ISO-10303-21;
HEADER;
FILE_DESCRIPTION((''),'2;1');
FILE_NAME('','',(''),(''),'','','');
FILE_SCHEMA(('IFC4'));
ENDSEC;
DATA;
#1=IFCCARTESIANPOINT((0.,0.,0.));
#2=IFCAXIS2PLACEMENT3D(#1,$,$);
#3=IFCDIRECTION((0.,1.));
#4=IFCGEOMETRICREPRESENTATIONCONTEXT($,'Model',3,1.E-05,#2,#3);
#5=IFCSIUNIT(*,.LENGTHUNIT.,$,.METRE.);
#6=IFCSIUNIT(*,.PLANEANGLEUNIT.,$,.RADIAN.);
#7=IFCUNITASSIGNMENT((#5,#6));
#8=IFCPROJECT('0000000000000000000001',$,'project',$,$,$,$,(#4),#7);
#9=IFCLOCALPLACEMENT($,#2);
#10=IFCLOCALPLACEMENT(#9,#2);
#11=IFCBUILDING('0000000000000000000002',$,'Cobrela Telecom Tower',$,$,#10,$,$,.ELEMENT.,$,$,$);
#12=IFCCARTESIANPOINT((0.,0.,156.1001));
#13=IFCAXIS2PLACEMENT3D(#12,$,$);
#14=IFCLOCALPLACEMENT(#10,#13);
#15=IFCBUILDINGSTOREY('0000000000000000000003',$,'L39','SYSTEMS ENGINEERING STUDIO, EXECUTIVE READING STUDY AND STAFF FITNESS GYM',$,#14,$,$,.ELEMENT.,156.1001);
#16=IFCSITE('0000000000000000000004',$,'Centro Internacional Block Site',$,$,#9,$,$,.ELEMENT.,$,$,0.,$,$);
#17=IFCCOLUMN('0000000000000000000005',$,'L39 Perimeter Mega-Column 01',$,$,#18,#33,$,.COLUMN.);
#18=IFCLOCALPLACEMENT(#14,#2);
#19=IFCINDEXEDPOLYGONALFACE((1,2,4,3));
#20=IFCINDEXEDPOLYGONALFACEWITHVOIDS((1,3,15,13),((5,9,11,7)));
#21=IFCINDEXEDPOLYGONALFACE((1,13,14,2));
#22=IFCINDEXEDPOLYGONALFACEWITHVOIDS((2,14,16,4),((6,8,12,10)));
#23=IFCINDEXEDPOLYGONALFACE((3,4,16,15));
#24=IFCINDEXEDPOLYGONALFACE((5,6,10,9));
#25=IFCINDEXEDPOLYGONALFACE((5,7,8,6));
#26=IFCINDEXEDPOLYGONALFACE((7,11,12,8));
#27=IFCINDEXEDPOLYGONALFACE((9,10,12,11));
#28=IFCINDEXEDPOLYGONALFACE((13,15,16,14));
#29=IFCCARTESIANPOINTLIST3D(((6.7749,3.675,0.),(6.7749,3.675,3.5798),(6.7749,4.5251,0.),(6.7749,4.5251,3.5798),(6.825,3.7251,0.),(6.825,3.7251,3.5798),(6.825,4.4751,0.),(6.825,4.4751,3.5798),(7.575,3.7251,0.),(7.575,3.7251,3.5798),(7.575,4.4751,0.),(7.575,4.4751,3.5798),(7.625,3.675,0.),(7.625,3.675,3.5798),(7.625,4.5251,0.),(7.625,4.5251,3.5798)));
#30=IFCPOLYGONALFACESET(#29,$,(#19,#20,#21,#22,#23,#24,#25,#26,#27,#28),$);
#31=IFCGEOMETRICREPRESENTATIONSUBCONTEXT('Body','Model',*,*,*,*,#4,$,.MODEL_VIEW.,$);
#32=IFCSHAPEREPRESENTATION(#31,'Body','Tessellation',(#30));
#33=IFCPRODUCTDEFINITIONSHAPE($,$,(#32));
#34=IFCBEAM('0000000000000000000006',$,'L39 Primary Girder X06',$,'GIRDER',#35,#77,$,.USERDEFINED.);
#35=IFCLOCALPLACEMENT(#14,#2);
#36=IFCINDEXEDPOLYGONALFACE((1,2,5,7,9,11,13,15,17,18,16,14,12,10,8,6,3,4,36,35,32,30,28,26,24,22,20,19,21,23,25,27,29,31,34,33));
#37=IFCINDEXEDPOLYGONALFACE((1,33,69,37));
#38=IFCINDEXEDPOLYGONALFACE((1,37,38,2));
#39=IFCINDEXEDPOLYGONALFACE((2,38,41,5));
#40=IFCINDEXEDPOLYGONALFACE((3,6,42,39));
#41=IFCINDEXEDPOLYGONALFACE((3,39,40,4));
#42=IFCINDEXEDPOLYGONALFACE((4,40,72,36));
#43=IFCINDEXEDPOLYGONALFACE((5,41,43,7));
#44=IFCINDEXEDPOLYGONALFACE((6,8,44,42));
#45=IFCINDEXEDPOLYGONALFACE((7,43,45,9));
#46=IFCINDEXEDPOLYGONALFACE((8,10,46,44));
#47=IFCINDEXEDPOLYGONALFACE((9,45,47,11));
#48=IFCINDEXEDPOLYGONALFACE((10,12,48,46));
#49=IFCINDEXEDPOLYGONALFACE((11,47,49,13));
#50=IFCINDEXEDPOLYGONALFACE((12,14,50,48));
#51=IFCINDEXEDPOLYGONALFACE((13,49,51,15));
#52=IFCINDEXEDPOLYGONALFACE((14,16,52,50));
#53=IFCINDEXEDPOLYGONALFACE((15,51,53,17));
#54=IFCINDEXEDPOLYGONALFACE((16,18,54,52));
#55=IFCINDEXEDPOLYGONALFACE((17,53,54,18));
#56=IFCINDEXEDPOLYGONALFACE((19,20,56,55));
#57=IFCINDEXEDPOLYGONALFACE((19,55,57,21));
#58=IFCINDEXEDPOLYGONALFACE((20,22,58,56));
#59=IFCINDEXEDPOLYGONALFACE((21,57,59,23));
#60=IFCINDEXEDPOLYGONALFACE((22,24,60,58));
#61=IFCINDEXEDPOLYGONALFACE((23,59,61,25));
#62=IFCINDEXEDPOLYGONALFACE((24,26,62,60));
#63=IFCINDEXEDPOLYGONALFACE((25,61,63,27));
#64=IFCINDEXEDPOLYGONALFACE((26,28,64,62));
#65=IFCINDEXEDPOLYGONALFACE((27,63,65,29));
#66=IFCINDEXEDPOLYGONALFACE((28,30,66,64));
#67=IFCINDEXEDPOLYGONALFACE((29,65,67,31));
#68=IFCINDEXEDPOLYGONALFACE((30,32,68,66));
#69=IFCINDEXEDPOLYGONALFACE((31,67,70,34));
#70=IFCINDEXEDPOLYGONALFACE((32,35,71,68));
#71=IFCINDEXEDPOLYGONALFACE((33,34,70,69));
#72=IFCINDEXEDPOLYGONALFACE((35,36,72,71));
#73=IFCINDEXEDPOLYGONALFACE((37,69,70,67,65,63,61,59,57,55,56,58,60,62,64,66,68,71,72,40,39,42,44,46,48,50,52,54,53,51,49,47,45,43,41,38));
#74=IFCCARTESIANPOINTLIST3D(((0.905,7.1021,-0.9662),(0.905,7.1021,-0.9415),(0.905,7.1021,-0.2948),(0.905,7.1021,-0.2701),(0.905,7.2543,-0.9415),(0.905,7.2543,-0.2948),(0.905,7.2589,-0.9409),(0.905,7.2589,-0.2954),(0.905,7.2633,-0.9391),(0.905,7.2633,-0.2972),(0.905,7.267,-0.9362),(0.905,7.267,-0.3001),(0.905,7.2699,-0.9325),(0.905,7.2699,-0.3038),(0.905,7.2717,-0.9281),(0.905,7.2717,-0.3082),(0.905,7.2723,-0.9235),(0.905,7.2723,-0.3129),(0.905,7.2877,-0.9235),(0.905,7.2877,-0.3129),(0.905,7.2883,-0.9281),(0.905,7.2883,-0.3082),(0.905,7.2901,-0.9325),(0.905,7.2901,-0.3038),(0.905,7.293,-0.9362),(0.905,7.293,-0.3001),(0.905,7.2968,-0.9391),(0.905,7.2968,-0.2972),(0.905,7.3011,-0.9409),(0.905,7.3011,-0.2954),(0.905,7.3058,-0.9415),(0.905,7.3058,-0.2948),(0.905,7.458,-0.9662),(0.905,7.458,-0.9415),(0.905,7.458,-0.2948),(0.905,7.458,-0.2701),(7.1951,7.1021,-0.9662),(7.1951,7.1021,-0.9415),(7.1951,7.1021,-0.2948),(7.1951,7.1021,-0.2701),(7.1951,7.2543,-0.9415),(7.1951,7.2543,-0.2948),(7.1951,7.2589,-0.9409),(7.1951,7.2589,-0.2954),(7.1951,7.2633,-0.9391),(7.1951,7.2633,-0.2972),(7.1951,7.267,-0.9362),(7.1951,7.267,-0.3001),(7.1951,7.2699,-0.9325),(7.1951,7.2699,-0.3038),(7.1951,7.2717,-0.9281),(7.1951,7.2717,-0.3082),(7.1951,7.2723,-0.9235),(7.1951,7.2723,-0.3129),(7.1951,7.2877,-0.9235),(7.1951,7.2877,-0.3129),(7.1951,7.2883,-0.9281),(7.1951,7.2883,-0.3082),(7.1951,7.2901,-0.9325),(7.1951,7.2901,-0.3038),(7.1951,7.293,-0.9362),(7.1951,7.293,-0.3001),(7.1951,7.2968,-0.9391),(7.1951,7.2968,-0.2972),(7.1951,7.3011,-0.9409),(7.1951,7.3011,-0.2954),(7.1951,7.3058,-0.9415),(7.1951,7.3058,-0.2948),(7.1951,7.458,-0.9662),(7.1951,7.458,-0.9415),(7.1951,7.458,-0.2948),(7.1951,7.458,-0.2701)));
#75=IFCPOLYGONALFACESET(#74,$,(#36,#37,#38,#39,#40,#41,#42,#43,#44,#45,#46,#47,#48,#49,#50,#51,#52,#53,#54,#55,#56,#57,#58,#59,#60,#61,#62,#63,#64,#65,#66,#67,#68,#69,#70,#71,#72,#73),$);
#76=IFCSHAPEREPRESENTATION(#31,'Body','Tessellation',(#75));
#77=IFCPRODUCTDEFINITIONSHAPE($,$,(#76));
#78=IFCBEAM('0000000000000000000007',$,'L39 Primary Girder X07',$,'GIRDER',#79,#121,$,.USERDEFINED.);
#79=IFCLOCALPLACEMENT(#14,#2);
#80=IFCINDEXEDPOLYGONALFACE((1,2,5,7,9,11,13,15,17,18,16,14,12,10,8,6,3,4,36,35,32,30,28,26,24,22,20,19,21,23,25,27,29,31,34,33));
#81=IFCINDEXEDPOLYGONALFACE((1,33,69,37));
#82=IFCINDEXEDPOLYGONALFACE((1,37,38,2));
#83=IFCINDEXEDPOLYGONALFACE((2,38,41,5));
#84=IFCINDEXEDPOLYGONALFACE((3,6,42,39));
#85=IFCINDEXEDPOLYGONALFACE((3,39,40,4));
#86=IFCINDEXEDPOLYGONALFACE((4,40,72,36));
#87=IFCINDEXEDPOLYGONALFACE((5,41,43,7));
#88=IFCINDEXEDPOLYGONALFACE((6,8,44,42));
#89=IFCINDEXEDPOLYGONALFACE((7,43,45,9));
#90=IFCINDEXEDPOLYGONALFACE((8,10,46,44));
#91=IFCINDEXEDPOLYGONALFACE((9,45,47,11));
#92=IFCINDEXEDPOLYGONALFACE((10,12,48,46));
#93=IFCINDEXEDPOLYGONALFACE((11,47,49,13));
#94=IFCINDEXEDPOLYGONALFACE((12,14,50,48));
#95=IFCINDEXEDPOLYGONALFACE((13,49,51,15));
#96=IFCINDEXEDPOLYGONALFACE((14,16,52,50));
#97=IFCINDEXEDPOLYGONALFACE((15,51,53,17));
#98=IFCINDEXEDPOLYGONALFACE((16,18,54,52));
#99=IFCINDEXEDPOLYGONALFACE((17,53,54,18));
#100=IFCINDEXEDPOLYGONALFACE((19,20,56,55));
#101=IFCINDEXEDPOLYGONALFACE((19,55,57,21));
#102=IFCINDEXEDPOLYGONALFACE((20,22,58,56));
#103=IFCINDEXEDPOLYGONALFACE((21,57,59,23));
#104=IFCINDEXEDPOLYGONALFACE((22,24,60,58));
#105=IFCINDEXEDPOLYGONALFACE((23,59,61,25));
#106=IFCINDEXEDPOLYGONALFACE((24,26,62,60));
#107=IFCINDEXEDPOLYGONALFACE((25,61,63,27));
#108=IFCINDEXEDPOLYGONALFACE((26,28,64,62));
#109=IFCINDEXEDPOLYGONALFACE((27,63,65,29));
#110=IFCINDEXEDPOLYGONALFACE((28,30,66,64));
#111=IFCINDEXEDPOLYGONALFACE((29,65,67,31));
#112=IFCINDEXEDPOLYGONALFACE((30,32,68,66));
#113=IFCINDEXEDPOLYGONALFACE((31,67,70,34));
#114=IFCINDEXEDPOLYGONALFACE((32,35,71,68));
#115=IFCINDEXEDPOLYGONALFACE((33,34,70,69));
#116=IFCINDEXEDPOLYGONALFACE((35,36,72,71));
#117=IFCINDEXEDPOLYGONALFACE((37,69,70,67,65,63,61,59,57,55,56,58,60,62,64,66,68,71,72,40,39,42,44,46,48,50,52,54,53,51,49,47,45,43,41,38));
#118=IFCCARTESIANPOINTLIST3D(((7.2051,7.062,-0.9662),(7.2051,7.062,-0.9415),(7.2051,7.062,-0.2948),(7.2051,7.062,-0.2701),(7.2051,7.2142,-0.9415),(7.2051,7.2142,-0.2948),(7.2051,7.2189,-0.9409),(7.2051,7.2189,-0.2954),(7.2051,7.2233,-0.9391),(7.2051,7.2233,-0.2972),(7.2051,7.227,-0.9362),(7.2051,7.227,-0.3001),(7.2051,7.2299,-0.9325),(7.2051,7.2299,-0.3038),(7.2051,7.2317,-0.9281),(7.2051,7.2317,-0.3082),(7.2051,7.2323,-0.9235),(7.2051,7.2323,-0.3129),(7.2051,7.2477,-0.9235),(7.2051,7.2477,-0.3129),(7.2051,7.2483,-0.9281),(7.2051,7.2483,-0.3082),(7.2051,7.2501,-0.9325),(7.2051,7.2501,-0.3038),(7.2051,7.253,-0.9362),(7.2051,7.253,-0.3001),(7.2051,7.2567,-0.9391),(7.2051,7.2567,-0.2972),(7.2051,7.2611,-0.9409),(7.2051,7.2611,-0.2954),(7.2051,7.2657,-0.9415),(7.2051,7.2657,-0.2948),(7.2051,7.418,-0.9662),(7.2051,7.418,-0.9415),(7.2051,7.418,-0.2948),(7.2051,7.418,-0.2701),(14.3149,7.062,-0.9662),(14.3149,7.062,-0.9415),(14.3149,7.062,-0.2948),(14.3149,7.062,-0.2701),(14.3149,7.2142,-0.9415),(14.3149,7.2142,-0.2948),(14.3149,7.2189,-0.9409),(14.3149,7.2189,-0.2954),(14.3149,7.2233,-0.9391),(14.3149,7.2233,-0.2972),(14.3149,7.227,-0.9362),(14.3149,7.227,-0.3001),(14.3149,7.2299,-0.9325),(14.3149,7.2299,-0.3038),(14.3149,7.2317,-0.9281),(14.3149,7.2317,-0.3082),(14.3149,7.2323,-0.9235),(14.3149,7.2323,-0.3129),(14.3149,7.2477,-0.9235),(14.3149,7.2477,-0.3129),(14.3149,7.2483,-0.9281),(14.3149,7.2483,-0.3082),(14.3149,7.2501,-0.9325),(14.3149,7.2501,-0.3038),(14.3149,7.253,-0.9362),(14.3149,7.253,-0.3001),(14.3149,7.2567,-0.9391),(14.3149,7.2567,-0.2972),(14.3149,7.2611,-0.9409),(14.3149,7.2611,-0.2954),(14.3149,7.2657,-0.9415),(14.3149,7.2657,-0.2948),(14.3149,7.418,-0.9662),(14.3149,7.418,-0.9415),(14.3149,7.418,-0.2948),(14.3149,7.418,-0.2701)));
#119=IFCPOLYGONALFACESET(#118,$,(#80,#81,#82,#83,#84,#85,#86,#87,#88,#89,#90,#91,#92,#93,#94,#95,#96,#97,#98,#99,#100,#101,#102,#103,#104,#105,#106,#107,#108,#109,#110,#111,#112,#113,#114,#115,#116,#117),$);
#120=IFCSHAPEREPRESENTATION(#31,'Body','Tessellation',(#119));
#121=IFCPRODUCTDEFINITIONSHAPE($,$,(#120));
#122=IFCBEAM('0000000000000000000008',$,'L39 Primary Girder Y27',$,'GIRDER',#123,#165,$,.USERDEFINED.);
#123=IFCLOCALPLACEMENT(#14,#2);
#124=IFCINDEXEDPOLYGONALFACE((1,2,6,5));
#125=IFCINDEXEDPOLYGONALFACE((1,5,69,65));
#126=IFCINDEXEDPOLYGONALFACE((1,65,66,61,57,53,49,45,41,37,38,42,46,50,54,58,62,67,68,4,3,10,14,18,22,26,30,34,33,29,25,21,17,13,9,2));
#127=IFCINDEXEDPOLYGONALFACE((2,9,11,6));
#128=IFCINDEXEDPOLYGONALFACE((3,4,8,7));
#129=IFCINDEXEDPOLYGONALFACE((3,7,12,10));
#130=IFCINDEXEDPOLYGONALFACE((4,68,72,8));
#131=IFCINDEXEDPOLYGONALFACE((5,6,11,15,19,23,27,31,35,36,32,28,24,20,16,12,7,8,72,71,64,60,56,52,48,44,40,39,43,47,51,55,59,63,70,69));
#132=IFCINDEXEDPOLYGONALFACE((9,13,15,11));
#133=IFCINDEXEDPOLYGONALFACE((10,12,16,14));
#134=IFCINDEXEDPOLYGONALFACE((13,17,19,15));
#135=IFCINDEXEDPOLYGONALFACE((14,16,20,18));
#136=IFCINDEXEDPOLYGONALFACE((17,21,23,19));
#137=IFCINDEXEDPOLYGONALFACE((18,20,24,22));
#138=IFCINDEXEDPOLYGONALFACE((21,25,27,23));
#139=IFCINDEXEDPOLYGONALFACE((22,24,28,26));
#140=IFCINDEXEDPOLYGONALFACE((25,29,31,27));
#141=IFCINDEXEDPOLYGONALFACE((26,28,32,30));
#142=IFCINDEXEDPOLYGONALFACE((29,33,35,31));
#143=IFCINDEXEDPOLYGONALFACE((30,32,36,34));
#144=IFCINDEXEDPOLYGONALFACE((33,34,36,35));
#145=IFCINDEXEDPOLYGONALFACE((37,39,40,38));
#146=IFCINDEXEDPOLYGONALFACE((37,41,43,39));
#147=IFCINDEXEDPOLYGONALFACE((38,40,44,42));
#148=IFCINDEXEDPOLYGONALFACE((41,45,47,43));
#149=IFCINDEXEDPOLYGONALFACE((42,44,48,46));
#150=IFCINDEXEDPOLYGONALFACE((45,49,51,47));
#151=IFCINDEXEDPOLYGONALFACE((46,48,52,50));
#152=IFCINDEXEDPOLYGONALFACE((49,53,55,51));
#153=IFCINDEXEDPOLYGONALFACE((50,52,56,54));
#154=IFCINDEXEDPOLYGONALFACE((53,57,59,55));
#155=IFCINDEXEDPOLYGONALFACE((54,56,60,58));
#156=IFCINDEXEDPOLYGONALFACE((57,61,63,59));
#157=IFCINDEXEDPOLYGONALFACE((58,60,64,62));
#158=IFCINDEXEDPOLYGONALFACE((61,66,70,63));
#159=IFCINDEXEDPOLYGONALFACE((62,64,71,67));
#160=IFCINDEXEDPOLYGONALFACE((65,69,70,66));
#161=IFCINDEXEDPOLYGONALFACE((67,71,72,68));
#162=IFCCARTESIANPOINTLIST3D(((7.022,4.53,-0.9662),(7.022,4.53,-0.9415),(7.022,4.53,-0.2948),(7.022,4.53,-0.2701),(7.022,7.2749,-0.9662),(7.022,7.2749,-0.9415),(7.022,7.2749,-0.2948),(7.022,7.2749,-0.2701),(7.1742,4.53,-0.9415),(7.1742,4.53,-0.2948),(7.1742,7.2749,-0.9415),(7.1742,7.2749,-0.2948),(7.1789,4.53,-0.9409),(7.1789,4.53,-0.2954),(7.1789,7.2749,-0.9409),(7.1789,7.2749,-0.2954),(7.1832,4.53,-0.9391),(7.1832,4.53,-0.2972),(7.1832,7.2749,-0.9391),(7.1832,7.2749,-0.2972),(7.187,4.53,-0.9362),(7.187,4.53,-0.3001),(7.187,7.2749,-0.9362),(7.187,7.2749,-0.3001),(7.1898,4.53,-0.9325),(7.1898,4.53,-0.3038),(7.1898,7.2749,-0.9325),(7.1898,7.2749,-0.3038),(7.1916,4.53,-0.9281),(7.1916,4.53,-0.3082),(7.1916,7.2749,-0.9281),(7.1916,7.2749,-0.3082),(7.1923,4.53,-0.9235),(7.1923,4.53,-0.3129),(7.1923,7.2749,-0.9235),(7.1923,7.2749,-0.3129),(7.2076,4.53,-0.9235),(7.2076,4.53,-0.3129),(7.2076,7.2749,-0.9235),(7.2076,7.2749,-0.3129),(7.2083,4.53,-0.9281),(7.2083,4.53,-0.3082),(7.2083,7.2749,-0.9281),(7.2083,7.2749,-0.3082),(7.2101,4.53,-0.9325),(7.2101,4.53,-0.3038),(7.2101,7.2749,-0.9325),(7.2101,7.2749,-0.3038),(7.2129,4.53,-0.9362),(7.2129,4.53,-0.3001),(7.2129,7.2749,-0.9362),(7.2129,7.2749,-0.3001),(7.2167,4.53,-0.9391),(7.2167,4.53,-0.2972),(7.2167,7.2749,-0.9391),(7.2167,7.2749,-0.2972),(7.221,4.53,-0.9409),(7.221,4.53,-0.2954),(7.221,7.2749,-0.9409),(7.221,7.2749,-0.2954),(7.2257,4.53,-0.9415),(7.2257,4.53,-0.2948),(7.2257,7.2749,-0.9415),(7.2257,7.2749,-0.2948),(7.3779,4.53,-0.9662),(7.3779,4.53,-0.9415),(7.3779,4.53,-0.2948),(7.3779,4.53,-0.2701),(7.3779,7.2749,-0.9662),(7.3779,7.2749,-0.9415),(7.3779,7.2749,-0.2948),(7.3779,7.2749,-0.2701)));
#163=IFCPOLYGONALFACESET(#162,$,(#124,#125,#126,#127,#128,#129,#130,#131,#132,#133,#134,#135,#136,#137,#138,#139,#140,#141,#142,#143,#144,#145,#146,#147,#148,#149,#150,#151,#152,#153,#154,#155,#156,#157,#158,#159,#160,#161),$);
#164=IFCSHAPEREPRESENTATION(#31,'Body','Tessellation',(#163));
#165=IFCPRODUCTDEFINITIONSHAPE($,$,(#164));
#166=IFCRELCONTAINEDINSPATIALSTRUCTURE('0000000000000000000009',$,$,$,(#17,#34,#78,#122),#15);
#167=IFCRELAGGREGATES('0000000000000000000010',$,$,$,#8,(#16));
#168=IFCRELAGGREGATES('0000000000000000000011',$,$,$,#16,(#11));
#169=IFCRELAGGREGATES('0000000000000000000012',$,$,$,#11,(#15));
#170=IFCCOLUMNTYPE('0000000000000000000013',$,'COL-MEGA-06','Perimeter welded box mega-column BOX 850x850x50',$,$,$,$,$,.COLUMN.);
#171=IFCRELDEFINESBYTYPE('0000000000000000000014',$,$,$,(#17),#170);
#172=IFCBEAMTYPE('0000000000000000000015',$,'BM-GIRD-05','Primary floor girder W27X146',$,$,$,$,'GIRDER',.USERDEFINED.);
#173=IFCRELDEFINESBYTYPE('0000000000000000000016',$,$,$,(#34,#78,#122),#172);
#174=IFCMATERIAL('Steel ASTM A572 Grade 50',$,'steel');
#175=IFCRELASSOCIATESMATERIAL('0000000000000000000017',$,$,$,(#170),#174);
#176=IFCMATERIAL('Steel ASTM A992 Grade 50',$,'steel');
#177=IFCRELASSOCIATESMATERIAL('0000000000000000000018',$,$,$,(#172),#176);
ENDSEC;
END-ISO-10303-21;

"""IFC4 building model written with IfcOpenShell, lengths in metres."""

from ifc_helpers import new_model, si_unit, direction, frame, origin, origin_2d, place, context, subcontext, project, spatial, hollow_rectangle, i_section, extrude, material, material_profile, profile_set, type_object, element, save


model = new_model("IFC4")

# Units and contexts
model_context = context("Model", 3, precision=1e-05, world=origin(), true_north=direction((0.0, 1.0)))
body_context = subcontext(model_context, "Body", "Model", "MODEL_VIEW")
ifc_project = project(units=[si_unit("LENGTHUNIT", "METRE"), si_unit("PLANEANGLEUNIT", "RADIAN")], contexts=[model_context])

# Site, building, storey
site_placement = place(None, origin())
site = spatial("IfcSite", under=ifc_project, at=site_placement, Name="Centro Internacional Block Site", CompositionType="ELEMENT", RefElevation=0.0)
building_placement = place(site_placement, origin())
building = spatial("IfcBuilding", under=site, at=building_placement, Name="Cobrela Telecom Tower", CompositionType="ELEMENT")
storey_placement = place(building_placement, frame((0.0, 0.0, 156.1001)))
storey = spatial("IfcBuildingStorey", under=building, at=storey_placement, Name="L39", Description="SYSTEMS ENGINEERING STUDIO, EXECUTIVE READING STUDY AND STAFF FITNESS GYM", CompositionType="ELEMENT", Elevation=156.1001)

# Column
ifc_material_1 = material(Name="Steel ASTM A572 Grade 50", Category="steel")
ifc_material_profile_1 = material_profile(ifc_material_1, hollow_rectangle(XDim=0.8501, YDim=0.8501, WallThickness=0.05, at=origin_2d()), Name="BOX 850x850x50")
ifc_profile_set_1 = profile_set([ifc_material_profile_1], Name="Steel ASTM A572 Grade 50")
column_type = type_object("IfcColumnType", Name="COL-MEGA-06", Description="Perimeter welded box mega-column BOX 850x850x50", PredefinedType="COLUMN", material=ifc_profile_set_1)
column_placement = place(storey_placement, frame((7.2, 4.1001, 0.0), z_axis=(0.0, 0.0, 1.0), x_axis=(1.0, 0.0, 0.0)))
element("IfcColumn", 1, at=column_placement, inside=storey, type_object=column_type, Name="L39 Perimeter Mega-Column 01", PredefinedType="COLUMN", context=body_context, shape_type="SweptSolid", body=[
    extrude(hollow_rectangle(XDim=0.8501, YDim=0.8501, WallThickness=0.05, at=origin_2d()), origin(), (0.0, 0.0, 1.0), 3.5798),
])

# Beams
ifc_material_2 = material(Name="Steel ASTM A992 Grade 50", Category="steel")
ifc_material_profile_2 = material_profile(ifc_material_2, i_section(OverallWidth=0.356, OverallDepth=0.696, WebThickness=0.0154, FlangeThickness=0.0247, FilletRadius=0.0181, at=origin_2d()), Name="W27X146")
ifc_profile_set_2 = profile_set([ifc_material_profile_2], Name="Steel ASTM A992 Grade 50")
beam_type_1 = type_object("IfcBeamType", Name="BM-GIRD-05", Description="Primary floor girder W27X146", ElementType="GIRDER", PredefinedType="USERDEFINED", material=ifc_profile_set_2)
beam_1_placement = place(storey_placement, frame((0.905, 7.28, -0.6182), z_axis=(1.0, 0.0, 0.0), x_axis=(0.0, 1.0, 0.0)))
element("IfcBeam", 2, at=beam_1_placement, inside=storey, type_object=beam_type_1, Name="L39 Primary Girder X06", ObjectType="GIRDER", PredefinedType="USERDEFINED", context=body_context, shape_type="SweptSolid", body=[
    extrude(i_section(OverallWidth=0.356, OverallDepth=0.696, WebThickness=0.0154, FlangeThickness=0.0247, FilletRadius=0.0181, at=origin_2d()), origin(), (0.0, 0.0, 1.0), 6.29),
])
beam_2_placement = place(storey_placement, frame((7.2051, 7.24, -0.6182), z_axis=(1.0, 0.0, 0.0), x_axis=(0.0, 1.0, 0.0)))
element("IfcBeam", 3, at=beam_2_placement, inside=storey, type_object=beam_type_1, Name="L39 Primary Girder X07", ObjectType="GIRDER", PredefinedType="USERDEFINED", context=body_context, shape_type="SweptSolid", body=[
    extrude(i_section(OverallWidth=0.356, OverallDepth=0.696, WebThickness=0.0154, FlangeThickness=0.0247, FilletRadius=0.0181, at=origin_2d()), origin(), (0.0, 0.0, 1.0), 7.1099),
])
beam_3_placement = place(storey_placement, frame((7.2, 4.53, -0.6182), z_axis=(0.0, 1.0, 0.0), x_axis=(-1.0, 0.0, 0.0)))
element("IfcBeam", 4, at=beam_3_placement, inside=storey, type_object=beam_type_1, Name="L39 Primary Girder Y27", ObjectType="GIRDER", PredefinedType="USERDEFINED", context=body_context, shape_type="SweptSolid", body=[
    extrude(i_section(OverallWidth=0.356, OverallDepth=0.696, WebThickness=0.0154, FlangeThickness=0.0247, FilletRadius=0.0181, at=origin_2d()), origin(), (0.0, 0.0, 1.0), 2.7449),
])

save(model, "model.ifc")
